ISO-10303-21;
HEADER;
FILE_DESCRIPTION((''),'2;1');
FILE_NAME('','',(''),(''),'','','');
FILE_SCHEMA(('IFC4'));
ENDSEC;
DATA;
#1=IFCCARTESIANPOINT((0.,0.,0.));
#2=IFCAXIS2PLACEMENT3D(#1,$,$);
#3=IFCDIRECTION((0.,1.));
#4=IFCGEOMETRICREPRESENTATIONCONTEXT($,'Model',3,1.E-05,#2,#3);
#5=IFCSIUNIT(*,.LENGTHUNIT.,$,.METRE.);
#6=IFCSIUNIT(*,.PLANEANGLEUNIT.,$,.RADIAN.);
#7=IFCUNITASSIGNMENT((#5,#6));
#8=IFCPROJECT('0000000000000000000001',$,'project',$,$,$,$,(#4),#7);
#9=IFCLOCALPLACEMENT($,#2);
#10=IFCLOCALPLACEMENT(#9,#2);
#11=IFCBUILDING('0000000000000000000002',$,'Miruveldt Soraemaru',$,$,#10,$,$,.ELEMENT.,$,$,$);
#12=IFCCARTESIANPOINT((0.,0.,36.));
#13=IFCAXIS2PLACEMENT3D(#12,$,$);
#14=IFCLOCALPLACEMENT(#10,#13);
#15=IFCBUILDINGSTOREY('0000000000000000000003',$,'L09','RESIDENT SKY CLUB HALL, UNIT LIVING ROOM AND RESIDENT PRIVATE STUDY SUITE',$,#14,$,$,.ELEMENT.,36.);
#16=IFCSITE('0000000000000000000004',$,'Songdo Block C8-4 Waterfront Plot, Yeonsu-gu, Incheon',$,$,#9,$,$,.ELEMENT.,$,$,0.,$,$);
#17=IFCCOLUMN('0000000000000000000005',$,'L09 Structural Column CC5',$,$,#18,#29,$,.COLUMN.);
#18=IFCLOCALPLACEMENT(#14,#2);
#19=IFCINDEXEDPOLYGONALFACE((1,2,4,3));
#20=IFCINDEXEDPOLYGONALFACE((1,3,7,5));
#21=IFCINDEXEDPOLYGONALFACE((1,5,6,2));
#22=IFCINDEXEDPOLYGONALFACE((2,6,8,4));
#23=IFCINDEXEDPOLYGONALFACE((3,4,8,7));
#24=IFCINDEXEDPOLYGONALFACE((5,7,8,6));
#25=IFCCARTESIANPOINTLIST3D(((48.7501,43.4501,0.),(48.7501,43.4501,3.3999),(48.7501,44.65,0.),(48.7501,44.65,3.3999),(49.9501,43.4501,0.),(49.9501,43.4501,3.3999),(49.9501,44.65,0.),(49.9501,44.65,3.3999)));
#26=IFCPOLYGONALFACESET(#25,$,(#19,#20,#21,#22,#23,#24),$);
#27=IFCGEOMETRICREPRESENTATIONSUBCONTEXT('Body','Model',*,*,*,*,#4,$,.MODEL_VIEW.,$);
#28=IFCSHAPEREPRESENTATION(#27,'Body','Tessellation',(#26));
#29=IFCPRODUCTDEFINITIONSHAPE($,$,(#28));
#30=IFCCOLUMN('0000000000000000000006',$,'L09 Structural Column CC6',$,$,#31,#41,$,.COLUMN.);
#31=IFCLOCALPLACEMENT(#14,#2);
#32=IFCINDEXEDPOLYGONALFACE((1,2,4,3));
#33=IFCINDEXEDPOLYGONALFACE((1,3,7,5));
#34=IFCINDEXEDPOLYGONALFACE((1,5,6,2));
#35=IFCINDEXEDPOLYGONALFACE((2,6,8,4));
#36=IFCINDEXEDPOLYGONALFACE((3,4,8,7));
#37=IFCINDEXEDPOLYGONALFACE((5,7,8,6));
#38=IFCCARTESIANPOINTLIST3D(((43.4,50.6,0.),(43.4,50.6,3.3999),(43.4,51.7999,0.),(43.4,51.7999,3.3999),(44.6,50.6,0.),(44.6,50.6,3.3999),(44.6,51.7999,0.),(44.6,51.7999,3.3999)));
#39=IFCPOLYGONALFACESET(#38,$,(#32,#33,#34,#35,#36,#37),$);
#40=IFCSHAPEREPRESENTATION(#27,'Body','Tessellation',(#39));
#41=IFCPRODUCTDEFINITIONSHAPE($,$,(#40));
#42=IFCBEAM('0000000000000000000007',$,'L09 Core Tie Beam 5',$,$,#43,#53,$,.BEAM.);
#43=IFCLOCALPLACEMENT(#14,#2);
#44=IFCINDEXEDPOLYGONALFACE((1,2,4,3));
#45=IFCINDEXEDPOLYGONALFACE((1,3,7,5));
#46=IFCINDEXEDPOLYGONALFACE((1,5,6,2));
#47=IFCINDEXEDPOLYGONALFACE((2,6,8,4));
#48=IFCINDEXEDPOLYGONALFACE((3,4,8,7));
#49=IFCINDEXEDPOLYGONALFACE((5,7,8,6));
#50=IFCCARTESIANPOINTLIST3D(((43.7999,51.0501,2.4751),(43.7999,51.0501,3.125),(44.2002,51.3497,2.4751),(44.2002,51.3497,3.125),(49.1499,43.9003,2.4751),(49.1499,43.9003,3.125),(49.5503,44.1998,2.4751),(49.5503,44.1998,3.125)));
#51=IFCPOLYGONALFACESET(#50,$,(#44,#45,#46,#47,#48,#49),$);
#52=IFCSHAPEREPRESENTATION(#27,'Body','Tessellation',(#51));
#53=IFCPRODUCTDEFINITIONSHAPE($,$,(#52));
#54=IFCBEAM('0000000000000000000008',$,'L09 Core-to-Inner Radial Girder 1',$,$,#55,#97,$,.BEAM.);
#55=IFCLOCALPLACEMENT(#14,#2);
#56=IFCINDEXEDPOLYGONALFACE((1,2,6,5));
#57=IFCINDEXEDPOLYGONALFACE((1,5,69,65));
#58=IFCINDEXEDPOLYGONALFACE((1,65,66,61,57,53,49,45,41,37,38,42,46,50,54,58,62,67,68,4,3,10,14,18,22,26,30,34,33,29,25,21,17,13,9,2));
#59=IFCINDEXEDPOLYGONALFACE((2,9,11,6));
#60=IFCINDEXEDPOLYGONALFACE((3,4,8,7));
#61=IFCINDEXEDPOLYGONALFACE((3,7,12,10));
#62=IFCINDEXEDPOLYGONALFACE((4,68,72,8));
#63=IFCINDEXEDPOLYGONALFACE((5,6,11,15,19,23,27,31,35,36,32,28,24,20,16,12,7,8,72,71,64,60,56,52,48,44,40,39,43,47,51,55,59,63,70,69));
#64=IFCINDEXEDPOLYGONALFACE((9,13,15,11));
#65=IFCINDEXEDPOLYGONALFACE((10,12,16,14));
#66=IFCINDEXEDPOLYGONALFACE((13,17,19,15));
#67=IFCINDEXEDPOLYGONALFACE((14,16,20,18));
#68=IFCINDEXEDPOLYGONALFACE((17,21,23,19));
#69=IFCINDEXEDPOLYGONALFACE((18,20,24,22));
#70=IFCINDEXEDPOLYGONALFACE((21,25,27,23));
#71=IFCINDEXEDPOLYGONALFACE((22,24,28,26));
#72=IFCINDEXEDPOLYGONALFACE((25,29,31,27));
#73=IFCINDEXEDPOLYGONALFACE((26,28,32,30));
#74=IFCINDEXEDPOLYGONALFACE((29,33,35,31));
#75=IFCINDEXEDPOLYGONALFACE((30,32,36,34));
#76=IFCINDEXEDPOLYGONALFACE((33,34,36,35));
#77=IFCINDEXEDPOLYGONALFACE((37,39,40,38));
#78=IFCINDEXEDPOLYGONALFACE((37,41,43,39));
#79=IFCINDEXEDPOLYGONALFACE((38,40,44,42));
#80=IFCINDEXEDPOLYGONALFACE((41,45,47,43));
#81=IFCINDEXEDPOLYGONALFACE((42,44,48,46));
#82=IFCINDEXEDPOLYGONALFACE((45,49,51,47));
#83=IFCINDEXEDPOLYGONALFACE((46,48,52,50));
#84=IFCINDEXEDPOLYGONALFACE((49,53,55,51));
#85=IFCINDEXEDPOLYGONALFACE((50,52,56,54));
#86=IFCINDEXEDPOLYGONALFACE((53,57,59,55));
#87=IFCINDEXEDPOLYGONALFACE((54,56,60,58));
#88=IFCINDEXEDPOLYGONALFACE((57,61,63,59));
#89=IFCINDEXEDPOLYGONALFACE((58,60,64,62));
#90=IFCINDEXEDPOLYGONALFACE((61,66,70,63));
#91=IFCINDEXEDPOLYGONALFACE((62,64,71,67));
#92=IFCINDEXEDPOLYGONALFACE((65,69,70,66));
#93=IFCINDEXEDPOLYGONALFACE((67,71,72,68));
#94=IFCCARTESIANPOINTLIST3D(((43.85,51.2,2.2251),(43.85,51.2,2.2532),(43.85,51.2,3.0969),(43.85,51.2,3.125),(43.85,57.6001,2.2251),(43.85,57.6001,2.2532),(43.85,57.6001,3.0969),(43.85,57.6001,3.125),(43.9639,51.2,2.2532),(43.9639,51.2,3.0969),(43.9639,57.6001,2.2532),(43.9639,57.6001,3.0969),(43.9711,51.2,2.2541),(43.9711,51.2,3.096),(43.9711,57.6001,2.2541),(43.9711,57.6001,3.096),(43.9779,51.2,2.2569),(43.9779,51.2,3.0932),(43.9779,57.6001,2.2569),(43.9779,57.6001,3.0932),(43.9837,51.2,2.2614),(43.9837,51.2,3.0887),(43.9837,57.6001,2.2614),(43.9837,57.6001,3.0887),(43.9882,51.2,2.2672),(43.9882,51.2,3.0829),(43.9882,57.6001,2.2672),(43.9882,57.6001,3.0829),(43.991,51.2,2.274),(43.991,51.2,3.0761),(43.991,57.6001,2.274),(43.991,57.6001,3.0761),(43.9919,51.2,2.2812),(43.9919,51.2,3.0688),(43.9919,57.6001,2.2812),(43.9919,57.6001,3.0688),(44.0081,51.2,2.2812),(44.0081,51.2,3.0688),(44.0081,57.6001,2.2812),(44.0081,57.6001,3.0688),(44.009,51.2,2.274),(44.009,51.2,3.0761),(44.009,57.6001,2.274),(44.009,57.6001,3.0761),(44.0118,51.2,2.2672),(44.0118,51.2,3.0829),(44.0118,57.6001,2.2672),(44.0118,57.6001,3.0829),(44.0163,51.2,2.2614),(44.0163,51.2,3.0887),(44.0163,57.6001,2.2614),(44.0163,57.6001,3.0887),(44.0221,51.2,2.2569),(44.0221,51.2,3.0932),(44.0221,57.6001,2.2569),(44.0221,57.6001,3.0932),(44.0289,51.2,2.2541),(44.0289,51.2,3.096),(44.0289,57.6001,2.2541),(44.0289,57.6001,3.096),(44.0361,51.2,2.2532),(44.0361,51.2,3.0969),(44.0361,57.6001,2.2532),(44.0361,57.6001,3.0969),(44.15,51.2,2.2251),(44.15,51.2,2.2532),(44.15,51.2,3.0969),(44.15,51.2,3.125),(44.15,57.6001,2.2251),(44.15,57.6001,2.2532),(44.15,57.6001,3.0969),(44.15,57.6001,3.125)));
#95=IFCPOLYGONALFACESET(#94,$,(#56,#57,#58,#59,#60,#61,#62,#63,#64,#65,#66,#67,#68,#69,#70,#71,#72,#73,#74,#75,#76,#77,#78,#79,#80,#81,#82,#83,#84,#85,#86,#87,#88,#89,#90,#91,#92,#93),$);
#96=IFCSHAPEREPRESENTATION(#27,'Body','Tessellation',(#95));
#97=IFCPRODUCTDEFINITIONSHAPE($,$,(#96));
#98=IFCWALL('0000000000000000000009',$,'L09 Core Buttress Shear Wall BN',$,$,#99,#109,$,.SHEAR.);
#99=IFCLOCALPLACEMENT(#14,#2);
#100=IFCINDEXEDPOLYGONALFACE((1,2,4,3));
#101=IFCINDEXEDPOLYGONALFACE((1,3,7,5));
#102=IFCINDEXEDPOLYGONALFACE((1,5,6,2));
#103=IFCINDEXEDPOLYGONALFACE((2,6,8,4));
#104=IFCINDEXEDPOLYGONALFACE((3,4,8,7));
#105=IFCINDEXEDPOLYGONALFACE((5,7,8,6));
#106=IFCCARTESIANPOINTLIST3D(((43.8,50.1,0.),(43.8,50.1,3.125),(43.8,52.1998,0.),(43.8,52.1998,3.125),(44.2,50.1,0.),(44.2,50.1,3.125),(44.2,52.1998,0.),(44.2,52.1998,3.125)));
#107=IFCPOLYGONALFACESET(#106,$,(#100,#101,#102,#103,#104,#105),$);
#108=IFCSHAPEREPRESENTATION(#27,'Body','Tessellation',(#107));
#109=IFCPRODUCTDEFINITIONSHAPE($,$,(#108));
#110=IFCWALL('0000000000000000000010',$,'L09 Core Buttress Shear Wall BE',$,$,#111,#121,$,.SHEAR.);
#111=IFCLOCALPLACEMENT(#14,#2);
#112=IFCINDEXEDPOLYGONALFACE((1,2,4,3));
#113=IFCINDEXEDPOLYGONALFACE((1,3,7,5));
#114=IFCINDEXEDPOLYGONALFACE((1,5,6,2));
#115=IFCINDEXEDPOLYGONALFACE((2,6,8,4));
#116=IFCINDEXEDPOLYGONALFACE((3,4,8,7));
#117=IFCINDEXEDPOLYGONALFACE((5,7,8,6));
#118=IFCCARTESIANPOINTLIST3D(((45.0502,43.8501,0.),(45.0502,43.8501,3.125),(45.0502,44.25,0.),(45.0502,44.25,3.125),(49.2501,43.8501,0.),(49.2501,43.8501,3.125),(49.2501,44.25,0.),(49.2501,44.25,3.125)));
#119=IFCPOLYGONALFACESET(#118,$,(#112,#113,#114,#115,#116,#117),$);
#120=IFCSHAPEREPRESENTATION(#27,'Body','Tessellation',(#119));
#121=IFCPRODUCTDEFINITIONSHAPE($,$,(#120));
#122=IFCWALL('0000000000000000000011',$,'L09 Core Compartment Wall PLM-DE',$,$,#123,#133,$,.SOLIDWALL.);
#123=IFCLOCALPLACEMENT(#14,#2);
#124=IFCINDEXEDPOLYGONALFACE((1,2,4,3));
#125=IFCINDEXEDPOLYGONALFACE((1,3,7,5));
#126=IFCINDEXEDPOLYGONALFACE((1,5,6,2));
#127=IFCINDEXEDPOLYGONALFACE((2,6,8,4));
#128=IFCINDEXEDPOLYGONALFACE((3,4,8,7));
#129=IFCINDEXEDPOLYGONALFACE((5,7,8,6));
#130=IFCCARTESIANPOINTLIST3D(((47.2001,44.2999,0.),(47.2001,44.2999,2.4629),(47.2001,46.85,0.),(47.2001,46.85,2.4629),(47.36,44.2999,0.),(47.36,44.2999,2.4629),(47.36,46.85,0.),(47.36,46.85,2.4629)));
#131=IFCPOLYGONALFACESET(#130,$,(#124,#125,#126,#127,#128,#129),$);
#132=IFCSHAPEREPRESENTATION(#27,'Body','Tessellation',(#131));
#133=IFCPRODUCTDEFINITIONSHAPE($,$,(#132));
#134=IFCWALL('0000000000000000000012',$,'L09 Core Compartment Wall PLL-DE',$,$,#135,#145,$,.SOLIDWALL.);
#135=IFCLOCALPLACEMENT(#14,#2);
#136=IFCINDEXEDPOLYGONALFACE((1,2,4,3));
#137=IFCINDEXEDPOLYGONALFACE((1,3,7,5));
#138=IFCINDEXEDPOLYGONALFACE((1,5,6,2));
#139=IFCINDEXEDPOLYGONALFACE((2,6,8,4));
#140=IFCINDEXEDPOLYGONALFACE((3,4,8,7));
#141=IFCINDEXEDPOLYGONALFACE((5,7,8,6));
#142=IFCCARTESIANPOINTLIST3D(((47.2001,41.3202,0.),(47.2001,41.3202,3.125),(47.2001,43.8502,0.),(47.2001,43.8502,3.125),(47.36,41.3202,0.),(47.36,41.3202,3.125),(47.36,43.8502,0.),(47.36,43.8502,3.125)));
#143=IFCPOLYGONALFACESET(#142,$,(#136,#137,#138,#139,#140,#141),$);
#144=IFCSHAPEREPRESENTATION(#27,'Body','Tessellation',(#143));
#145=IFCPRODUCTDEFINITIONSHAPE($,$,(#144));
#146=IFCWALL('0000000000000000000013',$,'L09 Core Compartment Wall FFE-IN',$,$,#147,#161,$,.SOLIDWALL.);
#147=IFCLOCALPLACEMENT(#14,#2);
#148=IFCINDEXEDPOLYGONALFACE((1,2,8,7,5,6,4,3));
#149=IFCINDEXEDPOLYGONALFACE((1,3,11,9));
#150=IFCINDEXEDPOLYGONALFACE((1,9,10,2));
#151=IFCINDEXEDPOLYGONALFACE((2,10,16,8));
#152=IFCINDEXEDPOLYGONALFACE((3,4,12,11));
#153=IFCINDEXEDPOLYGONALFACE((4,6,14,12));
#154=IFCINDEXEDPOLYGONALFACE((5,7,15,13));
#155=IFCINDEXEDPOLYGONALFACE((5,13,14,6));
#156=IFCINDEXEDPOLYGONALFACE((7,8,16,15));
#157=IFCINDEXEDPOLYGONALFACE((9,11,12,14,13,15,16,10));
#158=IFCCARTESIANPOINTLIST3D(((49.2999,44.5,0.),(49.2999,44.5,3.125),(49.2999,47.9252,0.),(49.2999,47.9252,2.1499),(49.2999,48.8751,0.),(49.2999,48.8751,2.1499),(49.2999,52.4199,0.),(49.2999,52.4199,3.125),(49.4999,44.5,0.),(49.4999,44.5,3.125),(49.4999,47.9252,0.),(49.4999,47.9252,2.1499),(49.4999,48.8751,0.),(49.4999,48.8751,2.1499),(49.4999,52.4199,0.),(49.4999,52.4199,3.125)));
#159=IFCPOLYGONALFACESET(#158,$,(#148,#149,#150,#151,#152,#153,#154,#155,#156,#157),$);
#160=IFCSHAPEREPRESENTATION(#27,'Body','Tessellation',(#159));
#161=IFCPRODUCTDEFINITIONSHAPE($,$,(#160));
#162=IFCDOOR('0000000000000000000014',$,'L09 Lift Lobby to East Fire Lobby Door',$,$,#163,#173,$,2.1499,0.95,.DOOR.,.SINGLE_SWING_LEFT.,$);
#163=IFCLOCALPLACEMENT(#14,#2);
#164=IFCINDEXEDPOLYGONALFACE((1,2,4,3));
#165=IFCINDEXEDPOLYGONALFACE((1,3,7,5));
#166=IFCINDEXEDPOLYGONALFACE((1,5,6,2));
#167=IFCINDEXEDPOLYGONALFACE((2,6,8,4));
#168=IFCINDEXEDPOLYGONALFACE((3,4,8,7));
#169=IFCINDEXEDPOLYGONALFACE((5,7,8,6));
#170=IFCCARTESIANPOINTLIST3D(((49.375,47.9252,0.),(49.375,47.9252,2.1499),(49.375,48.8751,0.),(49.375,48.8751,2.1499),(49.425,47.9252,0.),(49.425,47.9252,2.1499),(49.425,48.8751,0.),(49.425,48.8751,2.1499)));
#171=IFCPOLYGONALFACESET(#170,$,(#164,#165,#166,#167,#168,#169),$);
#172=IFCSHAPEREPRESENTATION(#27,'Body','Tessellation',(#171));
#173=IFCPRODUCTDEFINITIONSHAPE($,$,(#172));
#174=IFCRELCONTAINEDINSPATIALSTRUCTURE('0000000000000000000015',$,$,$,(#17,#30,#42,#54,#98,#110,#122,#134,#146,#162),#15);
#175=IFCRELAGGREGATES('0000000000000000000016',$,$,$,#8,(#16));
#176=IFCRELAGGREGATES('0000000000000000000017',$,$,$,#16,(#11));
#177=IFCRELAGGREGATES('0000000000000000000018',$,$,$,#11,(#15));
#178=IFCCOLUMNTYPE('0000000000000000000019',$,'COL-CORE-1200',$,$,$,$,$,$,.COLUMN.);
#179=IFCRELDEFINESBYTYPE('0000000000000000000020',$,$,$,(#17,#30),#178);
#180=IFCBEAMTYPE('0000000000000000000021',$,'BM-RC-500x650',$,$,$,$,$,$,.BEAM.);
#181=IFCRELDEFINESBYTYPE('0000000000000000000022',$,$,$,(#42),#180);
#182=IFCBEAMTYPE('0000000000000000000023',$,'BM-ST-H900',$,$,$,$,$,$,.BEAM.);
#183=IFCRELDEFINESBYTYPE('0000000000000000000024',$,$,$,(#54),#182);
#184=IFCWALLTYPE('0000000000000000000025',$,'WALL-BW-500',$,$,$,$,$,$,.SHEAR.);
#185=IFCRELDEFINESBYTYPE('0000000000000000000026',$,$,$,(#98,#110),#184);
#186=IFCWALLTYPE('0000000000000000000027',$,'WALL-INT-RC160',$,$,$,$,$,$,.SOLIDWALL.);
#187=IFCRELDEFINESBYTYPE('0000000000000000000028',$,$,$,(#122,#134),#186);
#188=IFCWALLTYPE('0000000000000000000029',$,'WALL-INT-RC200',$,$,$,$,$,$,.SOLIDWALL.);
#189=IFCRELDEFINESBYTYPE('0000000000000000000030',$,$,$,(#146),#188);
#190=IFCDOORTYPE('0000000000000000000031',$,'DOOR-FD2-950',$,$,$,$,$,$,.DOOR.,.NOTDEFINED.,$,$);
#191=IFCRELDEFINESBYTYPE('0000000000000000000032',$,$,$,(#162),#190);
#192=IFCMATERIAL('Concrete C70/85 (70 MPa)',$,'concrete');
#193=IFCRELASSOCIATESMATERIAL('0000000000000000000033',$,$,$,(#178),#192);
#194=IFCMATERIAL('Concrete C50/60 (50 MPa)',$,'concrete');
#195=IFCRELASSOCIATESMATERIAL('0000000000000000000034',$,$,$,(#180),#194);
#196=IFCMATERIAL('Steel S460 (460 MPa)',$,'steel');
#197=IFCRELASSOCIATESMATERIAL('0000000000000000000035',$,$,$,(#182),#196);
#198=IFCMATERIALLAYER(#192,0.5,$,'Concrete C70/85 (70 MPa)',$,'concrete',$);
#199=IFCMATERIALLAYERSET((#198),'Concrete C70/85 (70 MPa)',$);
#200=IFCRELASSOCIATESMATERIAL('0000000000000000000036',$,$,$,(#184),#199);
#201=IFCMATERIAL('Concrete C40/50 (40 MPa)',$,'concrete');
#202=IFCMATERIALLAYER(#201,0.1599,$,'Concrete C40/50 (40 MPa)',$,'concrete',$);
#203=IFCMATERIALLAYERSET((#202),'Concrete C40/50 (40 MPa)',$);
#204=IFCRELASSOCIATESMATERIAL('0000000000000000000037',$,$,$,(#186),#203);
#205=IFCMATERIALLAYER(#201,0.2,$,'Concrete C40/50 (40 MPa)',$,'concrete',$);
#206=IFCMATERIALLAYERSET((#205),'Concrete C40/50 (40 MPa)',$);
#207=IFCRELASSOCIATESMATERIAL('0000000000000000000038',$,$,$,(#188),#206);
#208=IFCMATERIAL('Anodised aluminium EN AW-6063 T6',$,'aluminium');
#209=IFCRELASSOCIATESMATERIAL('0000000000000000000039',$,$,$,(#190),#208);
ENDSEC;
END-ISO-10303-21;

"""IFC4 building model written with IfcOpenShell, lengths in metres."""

from ifc_helpers import new_model, si_unit, direction, frame, frame_2d, origin, origin_2d, place, context, subcontext, project, spatial, rectangle, i_section, extrude, material, layer, layer_set, material_profile, profile_set, type_object, element, fill, save


model = new_model("IFC4")

# Units and contexts
model_context = context("Model", 3, precision=1e-05, world=origin(), true_north=direction((0.0, 1.0)))
body_context = subcontext(model_context, "Body", "Model", "MODEL_VIEW")
ifc_project = project(units=[si_unit("LENGTHUNIT", "METRE"), si_unit("PLANEANGLEUNIT", "RADIAN")], contexts=[model_context])

# Site, building, storey
site_placement = place(None, origin())
site = spatial("IfcSite", under=ifc_project, at=site_placement, Name="Songdo Block C8-4 Waterfront Plot, Yeonsu-gu, Incheon", CompositionType="ELEMENT", RefElevation=0.0)
building_placement = place(site_placement, origin())
building = spatial("IfcBuilding", under=site, at=building_placement, Name="Miruveldt Soraemaru", CompositionType="ELEMENT")
storey_placement = place(building_placement, frame((0.0, 0.0, 36.0)))
storey = spatial("IfcBuildingStorey", under=building, at=storey_placement, Name="L09", Description="RESIDENT SKY CLUB HALL, UNIT LIVING ROOM AND RESIDENT PRIVATE STUDY SUITE", CompositionType="ELEMENT", Elevation=36.0)

# Columns
ifc_material_1 = material(Name="Concrete C70/85 (70 MPa)", Category="concrete")
ifc_material_profile_1 = material_profile(ifc_material_1, rectangle(XDim=1.2, YDim=1.2, at=origin_2d()), Name="Concrete C70/85 (70 MPa)", Category="concrete")
ifc_profile_set_1 = profile_set([ifc_material_profile_1], Name="Concrete C70/85 (70 MPa)")
column_type = type_object("IfcColumnType", Name="COL-CORE-1200", PredefinedType="COLUMN", material=ifc_profile_set_1)
for number, where, z_axis, x_axis, name in (
    (1, (49.3501, 44.05, 0.0), (0.0, 0.0, 1.0), (1.0, 0.0, 0.0), "L09 Structural Column CC5"),
    (2, (44.0, 51.2, 0.0), (0.0, 0.0, 1.0), (1.0, 0.0, 0.0), "L09 Structural Column CC6"),
):
    element("IfcColumn", number, at=place(storey_placement, frame(where, z_axis=z_axis, x_axis=x_axis)), inside=storey, type_object=column_type, Name=name, PredefinedType="COLUMN", context=body_context, shape_type="SweptSolid", body=[
        extrude(rectangle(XDim=1.2, YDim=1.2, at=origin_2d()), origin(), (0.0, 0.0, 1.0), 3.3999),
    ])

# Beams
ifc_material_2 = material(Name="Concrete C50/60 (50 MPa)", Category="concrete")
ifc_material_profile_2 = material_profile(ifc_material_2, rectangle(XDim=0.5, YDim=0.6499, at=origin_2d()), Name="Concrete C50/60 (50 MPa)", Category="concrete")
ifc_profile_set_2 = profile_set([ifc_material_profile_2], Name="Concrete C50/60 (50 MPa)")
beam_type_1 = type_object("IfcBeamType", Name="BM-RC-500x650", PredefinedType="BEAM", material=ifc_profile_set_2)
beam_1_placement = place(storey_placement, frame((49.3501, 44.05, 2.8), z_axis=(-0.599116, 0.800662, 0.0), x_axis=(-0.800662, -0.599116, 0.0)))
element("IfcBeam", 3, at=beam_1_placement, inside=storey, type_object=beam_type_1, Name="L09 Core Tie Beam 5", PredefinedType="BEAM", context=body_context, shape_type="SweptSolid", body=[
    extrude(rectangle(XDim=0.5, YDim=0.6499, at=origin_2d()), origin(), (0.0, 0.0, 1.0), 8.9299),
])
ifc_material_3 = material(Name="Steel S460 (460 MPa)", Category="steel")
ifc_material_profile_3 = material_profile(ifc_material_3, i_section(OverallWidth=0.3, OverallDepth=0.8999, WebThickness=0.0161, FlangeThickness=0.0281, FilletRadius=0.0281, at=origin_2d()), Name="Steel S460 (460 MPa)", Category="steel")
ifc_profile_set_3 = profile_set([ifc_material_profile_3], Name="Steel S460 (460 MPa)")
beam_type_2 = type_object("IfcBeamType", Name="BM-ST-H900", PredefinedType="BEAM", material=ifc_profile_set_3)
beam_2_placement = place(storey_placement, frame((44.0, 51.2, 2.675), z_axis=(0.0, 1.0, 0.0), x_axis=(-1.0, 0.0, 0.0)))
element("IfcBeam", 4, at=beam_2_placement, inside=storey, type_object=beam_type_2, Name="L09 Core-to-Inner Radial Girder 1", PredefinedType="BEAM", context=body_context, shape_type="SweptSolid", body=[
    extrude(i_section(OverallWidth=0.3, OverallDepth=0.8999, WebThickness=0.0161, FlangeThickness=0.0281, FilletRadius=0.0281, at=origin_2d()), origin(), (0.0, 0.0, 1.0), 6.4001),
])

# Walls
ifc_layer_1 = layer(ifc_material_1, 0.5, Name="Concrete C70/85 (70 MPa)", Category="concrete")
ifc_layer_set_1 = layer_set([ifc_layer_1], Name="Concrete C70/85 (70 MPa)")
wall_type_1 = type_object("IfcWallType", Name="WALL-BW-500", PredefinedType="SHEAR", material=ifc_layer_set_1)
wall_1_placement = place(storey_placement, frame((44.0, 50.1001, 0.0), z_axis=(0.0, 0.0, 1.0), x_axis=(0.0, 1.0, 0.0)))
element("IfcWall", 5, at=wall_1_placement, inside=storey, type_object=wall_type_1, Name="L09 Core Buttress Shear Wall BN", PredefinedType="SHEAR", context=body_context, shape_type="SweptSolid", body=[
    extrude(rectangle(XDim=2.0999, YDim=0.3999, at=frame_2d((1.0498, 0.0))), origin(), (0.0, 0.0, 1.0), 3.125),
])
wall_2_placement = place(storey_placement, frame((45.05, 44.05, 0.0), z_axis=(0.0, 0.0, 1.0), x_axis=(1.0, 0.0, 0.0)))
element("IfcWall", 6, at=wall_2_placement, inside=storey, type_object=wall_type_1, Name="L09 Core Buttress Shear Wall BE", PredefinedType="SHEAR", context=body_context, shape_type="SweptSolid", body=[
    extrude(rectangle(XDim=4.2, YDim=0.3999, at=frame_2d((2.1001, 0.0))), origin(), (0.0, 0.0, 1.0), 3.125),
])
ifc_material_4 = material(Name="Concrete C40/50 (40 MPa)", Category="concrete")
ifc_layer_2 = layer(ifc_material_4, 0.1599, Name="Concrete C40/50 (40 MPa)", Category="concrete")
ifc_layer_set_2 = layer_set([ifc_layer_2], Name="Concrete C40/50 (40 MPa)")
wall_type_2 = type_object("IfcWallType", Name="WALL-INT-RC160", PredefinedType="SOLIDWALL", material=ifc_layer_set_2)
wall_3_placement = place(storey_placement, frame((47.28, 44.3, 0.0), z_axis=(0.0, 0.0, 1.0), x_axis=(0.0, 1.0, 0.0)))
element("IfcWall", 7, at=wall_3_placement, inside=storey, type_object=wall_type_2, Name="L09 Core Compartment Wall PLM-DE", PredefinedType="SOLIDWALL", context=body_context, shape_type="SweptSolid", body=[
    extrude(rectangle(XDim=2.55, YDim=0.1599, at=frame_2d((1.2749, 0.0))), origin(), (0.0, 0.0, 1.0), 2.4629),
])
wall_4_placement = place(storey_placement, frame((47.28, 41.3201, 0.0), z_axis=(0.0, 0.0, 1.0), x_axis=(0.0, 1.0, 0.0)))
element("IfcWall", 8, at=wall_4_placement, inside=storey, type_object=wall_type_2, Name="L09 Core Compartment Wall PLL-DE", PredefinedType="SOLIDWALL", context=body_context, shape_type="SweptSolid", body=[
    extrude(rectangle(XDim=2.53, YDim=0.1599, at=frame_2d((1.2651, 0.0))), origin(), (0.0, 0.0, 1.0), 3.125),
])

# Wall, opening, door
ifc_layer_3 = layer(ifc_material_4, 0.2, Name="Concrete C40/50 (40 MPa)", Category="concrete")
ifc_layer_set_3 = layer_set([ifc_layer_3], Name="Concrete C40/50 (40 MPa)")
wall_type_3 = type_object("IfcWallType", Name="WALL-INT-RC200", PredefinedType="SOLIDWALL", material=ifc_layer_set_3)
wall_5_placement = place(storey_placement, frame((49.3999, 44.5, 0.0), z_axis=(0.0, 0.0, 1.0), x_axis=(0.0, 1.0, 0.0)))
wall_5 = element("IfcWall", 9, at=wall_5_placement, inside=storey, type_object=wall_type_3, Name="L09 Core Compartment Wall FFE-IN", PredefinedType="SOLIDWALL", context=body_context, shape_type="SweptSolid", body=[
    extrude(rectangle(XDim=7.9199, YDim=0.2, at=frame_2d((3.96, 0.0))), origin(), (0.0, 0.0, 1.0), 3.125),
])
opening_1_placement = place(wall_5_placement, frame((3.425, 0.0, 0.0)))
opening_1 = element("IfcOpeningElement", 10, at=opening_1_placement, cuts=wall_5, PredefinedType="OPENING", context=body_context, shape_type="SweptSolid", body=[
    extrude(rectangle(XDim=0.95, YDim=2.1499, at=frame_2d((0.4751, 1.075))), frame((0.0, 0.1099, 0.0), z_axis=(0.0, -1.0, 0.0), x_axis=(1.0, 0.0, 0.0)), (0.0, 0.0, 1.0), 0.22),
])
ifc_material_5 = material(Name="Anodised aluminium EN AW-6063 T6", Category="aluminium")
door_type_1 = type_object("IfcDoorType", Name="DOOR-FD2-950", OperationType="NOTDEFINED", PredefinedType="DOOR", material=ifc_material_5)
door_1_placement = place(opening_1_placement, origin())
door_1 = element("IfcDoor", 11, at=door_1_placement, inside=storey, type_object=door_type_1, Name="L09 Lift Lobby to East Fire Lobby Door", OperationType="SINGLE_SWING_LEFT", OverallHeight=2.1499, OverallWidth=0.95, PredefinedType="DOOR", context=body_context, shape_type="SweptSolid", body=[
    extrude(rectangle(XDim=0.95, YDim=2.1499, at=frame_2d((0.4751, 1.075))), frame((0.0, 0.0249, 0.0), z_axis=(0.0, -1.0, 0.0), x_axis=(1.0, 0.0, 0.0)), (0.0, 0.0, 1.0), 0.05),
])
fill(opening_1, door_1)

save(model, "model.ifc")
